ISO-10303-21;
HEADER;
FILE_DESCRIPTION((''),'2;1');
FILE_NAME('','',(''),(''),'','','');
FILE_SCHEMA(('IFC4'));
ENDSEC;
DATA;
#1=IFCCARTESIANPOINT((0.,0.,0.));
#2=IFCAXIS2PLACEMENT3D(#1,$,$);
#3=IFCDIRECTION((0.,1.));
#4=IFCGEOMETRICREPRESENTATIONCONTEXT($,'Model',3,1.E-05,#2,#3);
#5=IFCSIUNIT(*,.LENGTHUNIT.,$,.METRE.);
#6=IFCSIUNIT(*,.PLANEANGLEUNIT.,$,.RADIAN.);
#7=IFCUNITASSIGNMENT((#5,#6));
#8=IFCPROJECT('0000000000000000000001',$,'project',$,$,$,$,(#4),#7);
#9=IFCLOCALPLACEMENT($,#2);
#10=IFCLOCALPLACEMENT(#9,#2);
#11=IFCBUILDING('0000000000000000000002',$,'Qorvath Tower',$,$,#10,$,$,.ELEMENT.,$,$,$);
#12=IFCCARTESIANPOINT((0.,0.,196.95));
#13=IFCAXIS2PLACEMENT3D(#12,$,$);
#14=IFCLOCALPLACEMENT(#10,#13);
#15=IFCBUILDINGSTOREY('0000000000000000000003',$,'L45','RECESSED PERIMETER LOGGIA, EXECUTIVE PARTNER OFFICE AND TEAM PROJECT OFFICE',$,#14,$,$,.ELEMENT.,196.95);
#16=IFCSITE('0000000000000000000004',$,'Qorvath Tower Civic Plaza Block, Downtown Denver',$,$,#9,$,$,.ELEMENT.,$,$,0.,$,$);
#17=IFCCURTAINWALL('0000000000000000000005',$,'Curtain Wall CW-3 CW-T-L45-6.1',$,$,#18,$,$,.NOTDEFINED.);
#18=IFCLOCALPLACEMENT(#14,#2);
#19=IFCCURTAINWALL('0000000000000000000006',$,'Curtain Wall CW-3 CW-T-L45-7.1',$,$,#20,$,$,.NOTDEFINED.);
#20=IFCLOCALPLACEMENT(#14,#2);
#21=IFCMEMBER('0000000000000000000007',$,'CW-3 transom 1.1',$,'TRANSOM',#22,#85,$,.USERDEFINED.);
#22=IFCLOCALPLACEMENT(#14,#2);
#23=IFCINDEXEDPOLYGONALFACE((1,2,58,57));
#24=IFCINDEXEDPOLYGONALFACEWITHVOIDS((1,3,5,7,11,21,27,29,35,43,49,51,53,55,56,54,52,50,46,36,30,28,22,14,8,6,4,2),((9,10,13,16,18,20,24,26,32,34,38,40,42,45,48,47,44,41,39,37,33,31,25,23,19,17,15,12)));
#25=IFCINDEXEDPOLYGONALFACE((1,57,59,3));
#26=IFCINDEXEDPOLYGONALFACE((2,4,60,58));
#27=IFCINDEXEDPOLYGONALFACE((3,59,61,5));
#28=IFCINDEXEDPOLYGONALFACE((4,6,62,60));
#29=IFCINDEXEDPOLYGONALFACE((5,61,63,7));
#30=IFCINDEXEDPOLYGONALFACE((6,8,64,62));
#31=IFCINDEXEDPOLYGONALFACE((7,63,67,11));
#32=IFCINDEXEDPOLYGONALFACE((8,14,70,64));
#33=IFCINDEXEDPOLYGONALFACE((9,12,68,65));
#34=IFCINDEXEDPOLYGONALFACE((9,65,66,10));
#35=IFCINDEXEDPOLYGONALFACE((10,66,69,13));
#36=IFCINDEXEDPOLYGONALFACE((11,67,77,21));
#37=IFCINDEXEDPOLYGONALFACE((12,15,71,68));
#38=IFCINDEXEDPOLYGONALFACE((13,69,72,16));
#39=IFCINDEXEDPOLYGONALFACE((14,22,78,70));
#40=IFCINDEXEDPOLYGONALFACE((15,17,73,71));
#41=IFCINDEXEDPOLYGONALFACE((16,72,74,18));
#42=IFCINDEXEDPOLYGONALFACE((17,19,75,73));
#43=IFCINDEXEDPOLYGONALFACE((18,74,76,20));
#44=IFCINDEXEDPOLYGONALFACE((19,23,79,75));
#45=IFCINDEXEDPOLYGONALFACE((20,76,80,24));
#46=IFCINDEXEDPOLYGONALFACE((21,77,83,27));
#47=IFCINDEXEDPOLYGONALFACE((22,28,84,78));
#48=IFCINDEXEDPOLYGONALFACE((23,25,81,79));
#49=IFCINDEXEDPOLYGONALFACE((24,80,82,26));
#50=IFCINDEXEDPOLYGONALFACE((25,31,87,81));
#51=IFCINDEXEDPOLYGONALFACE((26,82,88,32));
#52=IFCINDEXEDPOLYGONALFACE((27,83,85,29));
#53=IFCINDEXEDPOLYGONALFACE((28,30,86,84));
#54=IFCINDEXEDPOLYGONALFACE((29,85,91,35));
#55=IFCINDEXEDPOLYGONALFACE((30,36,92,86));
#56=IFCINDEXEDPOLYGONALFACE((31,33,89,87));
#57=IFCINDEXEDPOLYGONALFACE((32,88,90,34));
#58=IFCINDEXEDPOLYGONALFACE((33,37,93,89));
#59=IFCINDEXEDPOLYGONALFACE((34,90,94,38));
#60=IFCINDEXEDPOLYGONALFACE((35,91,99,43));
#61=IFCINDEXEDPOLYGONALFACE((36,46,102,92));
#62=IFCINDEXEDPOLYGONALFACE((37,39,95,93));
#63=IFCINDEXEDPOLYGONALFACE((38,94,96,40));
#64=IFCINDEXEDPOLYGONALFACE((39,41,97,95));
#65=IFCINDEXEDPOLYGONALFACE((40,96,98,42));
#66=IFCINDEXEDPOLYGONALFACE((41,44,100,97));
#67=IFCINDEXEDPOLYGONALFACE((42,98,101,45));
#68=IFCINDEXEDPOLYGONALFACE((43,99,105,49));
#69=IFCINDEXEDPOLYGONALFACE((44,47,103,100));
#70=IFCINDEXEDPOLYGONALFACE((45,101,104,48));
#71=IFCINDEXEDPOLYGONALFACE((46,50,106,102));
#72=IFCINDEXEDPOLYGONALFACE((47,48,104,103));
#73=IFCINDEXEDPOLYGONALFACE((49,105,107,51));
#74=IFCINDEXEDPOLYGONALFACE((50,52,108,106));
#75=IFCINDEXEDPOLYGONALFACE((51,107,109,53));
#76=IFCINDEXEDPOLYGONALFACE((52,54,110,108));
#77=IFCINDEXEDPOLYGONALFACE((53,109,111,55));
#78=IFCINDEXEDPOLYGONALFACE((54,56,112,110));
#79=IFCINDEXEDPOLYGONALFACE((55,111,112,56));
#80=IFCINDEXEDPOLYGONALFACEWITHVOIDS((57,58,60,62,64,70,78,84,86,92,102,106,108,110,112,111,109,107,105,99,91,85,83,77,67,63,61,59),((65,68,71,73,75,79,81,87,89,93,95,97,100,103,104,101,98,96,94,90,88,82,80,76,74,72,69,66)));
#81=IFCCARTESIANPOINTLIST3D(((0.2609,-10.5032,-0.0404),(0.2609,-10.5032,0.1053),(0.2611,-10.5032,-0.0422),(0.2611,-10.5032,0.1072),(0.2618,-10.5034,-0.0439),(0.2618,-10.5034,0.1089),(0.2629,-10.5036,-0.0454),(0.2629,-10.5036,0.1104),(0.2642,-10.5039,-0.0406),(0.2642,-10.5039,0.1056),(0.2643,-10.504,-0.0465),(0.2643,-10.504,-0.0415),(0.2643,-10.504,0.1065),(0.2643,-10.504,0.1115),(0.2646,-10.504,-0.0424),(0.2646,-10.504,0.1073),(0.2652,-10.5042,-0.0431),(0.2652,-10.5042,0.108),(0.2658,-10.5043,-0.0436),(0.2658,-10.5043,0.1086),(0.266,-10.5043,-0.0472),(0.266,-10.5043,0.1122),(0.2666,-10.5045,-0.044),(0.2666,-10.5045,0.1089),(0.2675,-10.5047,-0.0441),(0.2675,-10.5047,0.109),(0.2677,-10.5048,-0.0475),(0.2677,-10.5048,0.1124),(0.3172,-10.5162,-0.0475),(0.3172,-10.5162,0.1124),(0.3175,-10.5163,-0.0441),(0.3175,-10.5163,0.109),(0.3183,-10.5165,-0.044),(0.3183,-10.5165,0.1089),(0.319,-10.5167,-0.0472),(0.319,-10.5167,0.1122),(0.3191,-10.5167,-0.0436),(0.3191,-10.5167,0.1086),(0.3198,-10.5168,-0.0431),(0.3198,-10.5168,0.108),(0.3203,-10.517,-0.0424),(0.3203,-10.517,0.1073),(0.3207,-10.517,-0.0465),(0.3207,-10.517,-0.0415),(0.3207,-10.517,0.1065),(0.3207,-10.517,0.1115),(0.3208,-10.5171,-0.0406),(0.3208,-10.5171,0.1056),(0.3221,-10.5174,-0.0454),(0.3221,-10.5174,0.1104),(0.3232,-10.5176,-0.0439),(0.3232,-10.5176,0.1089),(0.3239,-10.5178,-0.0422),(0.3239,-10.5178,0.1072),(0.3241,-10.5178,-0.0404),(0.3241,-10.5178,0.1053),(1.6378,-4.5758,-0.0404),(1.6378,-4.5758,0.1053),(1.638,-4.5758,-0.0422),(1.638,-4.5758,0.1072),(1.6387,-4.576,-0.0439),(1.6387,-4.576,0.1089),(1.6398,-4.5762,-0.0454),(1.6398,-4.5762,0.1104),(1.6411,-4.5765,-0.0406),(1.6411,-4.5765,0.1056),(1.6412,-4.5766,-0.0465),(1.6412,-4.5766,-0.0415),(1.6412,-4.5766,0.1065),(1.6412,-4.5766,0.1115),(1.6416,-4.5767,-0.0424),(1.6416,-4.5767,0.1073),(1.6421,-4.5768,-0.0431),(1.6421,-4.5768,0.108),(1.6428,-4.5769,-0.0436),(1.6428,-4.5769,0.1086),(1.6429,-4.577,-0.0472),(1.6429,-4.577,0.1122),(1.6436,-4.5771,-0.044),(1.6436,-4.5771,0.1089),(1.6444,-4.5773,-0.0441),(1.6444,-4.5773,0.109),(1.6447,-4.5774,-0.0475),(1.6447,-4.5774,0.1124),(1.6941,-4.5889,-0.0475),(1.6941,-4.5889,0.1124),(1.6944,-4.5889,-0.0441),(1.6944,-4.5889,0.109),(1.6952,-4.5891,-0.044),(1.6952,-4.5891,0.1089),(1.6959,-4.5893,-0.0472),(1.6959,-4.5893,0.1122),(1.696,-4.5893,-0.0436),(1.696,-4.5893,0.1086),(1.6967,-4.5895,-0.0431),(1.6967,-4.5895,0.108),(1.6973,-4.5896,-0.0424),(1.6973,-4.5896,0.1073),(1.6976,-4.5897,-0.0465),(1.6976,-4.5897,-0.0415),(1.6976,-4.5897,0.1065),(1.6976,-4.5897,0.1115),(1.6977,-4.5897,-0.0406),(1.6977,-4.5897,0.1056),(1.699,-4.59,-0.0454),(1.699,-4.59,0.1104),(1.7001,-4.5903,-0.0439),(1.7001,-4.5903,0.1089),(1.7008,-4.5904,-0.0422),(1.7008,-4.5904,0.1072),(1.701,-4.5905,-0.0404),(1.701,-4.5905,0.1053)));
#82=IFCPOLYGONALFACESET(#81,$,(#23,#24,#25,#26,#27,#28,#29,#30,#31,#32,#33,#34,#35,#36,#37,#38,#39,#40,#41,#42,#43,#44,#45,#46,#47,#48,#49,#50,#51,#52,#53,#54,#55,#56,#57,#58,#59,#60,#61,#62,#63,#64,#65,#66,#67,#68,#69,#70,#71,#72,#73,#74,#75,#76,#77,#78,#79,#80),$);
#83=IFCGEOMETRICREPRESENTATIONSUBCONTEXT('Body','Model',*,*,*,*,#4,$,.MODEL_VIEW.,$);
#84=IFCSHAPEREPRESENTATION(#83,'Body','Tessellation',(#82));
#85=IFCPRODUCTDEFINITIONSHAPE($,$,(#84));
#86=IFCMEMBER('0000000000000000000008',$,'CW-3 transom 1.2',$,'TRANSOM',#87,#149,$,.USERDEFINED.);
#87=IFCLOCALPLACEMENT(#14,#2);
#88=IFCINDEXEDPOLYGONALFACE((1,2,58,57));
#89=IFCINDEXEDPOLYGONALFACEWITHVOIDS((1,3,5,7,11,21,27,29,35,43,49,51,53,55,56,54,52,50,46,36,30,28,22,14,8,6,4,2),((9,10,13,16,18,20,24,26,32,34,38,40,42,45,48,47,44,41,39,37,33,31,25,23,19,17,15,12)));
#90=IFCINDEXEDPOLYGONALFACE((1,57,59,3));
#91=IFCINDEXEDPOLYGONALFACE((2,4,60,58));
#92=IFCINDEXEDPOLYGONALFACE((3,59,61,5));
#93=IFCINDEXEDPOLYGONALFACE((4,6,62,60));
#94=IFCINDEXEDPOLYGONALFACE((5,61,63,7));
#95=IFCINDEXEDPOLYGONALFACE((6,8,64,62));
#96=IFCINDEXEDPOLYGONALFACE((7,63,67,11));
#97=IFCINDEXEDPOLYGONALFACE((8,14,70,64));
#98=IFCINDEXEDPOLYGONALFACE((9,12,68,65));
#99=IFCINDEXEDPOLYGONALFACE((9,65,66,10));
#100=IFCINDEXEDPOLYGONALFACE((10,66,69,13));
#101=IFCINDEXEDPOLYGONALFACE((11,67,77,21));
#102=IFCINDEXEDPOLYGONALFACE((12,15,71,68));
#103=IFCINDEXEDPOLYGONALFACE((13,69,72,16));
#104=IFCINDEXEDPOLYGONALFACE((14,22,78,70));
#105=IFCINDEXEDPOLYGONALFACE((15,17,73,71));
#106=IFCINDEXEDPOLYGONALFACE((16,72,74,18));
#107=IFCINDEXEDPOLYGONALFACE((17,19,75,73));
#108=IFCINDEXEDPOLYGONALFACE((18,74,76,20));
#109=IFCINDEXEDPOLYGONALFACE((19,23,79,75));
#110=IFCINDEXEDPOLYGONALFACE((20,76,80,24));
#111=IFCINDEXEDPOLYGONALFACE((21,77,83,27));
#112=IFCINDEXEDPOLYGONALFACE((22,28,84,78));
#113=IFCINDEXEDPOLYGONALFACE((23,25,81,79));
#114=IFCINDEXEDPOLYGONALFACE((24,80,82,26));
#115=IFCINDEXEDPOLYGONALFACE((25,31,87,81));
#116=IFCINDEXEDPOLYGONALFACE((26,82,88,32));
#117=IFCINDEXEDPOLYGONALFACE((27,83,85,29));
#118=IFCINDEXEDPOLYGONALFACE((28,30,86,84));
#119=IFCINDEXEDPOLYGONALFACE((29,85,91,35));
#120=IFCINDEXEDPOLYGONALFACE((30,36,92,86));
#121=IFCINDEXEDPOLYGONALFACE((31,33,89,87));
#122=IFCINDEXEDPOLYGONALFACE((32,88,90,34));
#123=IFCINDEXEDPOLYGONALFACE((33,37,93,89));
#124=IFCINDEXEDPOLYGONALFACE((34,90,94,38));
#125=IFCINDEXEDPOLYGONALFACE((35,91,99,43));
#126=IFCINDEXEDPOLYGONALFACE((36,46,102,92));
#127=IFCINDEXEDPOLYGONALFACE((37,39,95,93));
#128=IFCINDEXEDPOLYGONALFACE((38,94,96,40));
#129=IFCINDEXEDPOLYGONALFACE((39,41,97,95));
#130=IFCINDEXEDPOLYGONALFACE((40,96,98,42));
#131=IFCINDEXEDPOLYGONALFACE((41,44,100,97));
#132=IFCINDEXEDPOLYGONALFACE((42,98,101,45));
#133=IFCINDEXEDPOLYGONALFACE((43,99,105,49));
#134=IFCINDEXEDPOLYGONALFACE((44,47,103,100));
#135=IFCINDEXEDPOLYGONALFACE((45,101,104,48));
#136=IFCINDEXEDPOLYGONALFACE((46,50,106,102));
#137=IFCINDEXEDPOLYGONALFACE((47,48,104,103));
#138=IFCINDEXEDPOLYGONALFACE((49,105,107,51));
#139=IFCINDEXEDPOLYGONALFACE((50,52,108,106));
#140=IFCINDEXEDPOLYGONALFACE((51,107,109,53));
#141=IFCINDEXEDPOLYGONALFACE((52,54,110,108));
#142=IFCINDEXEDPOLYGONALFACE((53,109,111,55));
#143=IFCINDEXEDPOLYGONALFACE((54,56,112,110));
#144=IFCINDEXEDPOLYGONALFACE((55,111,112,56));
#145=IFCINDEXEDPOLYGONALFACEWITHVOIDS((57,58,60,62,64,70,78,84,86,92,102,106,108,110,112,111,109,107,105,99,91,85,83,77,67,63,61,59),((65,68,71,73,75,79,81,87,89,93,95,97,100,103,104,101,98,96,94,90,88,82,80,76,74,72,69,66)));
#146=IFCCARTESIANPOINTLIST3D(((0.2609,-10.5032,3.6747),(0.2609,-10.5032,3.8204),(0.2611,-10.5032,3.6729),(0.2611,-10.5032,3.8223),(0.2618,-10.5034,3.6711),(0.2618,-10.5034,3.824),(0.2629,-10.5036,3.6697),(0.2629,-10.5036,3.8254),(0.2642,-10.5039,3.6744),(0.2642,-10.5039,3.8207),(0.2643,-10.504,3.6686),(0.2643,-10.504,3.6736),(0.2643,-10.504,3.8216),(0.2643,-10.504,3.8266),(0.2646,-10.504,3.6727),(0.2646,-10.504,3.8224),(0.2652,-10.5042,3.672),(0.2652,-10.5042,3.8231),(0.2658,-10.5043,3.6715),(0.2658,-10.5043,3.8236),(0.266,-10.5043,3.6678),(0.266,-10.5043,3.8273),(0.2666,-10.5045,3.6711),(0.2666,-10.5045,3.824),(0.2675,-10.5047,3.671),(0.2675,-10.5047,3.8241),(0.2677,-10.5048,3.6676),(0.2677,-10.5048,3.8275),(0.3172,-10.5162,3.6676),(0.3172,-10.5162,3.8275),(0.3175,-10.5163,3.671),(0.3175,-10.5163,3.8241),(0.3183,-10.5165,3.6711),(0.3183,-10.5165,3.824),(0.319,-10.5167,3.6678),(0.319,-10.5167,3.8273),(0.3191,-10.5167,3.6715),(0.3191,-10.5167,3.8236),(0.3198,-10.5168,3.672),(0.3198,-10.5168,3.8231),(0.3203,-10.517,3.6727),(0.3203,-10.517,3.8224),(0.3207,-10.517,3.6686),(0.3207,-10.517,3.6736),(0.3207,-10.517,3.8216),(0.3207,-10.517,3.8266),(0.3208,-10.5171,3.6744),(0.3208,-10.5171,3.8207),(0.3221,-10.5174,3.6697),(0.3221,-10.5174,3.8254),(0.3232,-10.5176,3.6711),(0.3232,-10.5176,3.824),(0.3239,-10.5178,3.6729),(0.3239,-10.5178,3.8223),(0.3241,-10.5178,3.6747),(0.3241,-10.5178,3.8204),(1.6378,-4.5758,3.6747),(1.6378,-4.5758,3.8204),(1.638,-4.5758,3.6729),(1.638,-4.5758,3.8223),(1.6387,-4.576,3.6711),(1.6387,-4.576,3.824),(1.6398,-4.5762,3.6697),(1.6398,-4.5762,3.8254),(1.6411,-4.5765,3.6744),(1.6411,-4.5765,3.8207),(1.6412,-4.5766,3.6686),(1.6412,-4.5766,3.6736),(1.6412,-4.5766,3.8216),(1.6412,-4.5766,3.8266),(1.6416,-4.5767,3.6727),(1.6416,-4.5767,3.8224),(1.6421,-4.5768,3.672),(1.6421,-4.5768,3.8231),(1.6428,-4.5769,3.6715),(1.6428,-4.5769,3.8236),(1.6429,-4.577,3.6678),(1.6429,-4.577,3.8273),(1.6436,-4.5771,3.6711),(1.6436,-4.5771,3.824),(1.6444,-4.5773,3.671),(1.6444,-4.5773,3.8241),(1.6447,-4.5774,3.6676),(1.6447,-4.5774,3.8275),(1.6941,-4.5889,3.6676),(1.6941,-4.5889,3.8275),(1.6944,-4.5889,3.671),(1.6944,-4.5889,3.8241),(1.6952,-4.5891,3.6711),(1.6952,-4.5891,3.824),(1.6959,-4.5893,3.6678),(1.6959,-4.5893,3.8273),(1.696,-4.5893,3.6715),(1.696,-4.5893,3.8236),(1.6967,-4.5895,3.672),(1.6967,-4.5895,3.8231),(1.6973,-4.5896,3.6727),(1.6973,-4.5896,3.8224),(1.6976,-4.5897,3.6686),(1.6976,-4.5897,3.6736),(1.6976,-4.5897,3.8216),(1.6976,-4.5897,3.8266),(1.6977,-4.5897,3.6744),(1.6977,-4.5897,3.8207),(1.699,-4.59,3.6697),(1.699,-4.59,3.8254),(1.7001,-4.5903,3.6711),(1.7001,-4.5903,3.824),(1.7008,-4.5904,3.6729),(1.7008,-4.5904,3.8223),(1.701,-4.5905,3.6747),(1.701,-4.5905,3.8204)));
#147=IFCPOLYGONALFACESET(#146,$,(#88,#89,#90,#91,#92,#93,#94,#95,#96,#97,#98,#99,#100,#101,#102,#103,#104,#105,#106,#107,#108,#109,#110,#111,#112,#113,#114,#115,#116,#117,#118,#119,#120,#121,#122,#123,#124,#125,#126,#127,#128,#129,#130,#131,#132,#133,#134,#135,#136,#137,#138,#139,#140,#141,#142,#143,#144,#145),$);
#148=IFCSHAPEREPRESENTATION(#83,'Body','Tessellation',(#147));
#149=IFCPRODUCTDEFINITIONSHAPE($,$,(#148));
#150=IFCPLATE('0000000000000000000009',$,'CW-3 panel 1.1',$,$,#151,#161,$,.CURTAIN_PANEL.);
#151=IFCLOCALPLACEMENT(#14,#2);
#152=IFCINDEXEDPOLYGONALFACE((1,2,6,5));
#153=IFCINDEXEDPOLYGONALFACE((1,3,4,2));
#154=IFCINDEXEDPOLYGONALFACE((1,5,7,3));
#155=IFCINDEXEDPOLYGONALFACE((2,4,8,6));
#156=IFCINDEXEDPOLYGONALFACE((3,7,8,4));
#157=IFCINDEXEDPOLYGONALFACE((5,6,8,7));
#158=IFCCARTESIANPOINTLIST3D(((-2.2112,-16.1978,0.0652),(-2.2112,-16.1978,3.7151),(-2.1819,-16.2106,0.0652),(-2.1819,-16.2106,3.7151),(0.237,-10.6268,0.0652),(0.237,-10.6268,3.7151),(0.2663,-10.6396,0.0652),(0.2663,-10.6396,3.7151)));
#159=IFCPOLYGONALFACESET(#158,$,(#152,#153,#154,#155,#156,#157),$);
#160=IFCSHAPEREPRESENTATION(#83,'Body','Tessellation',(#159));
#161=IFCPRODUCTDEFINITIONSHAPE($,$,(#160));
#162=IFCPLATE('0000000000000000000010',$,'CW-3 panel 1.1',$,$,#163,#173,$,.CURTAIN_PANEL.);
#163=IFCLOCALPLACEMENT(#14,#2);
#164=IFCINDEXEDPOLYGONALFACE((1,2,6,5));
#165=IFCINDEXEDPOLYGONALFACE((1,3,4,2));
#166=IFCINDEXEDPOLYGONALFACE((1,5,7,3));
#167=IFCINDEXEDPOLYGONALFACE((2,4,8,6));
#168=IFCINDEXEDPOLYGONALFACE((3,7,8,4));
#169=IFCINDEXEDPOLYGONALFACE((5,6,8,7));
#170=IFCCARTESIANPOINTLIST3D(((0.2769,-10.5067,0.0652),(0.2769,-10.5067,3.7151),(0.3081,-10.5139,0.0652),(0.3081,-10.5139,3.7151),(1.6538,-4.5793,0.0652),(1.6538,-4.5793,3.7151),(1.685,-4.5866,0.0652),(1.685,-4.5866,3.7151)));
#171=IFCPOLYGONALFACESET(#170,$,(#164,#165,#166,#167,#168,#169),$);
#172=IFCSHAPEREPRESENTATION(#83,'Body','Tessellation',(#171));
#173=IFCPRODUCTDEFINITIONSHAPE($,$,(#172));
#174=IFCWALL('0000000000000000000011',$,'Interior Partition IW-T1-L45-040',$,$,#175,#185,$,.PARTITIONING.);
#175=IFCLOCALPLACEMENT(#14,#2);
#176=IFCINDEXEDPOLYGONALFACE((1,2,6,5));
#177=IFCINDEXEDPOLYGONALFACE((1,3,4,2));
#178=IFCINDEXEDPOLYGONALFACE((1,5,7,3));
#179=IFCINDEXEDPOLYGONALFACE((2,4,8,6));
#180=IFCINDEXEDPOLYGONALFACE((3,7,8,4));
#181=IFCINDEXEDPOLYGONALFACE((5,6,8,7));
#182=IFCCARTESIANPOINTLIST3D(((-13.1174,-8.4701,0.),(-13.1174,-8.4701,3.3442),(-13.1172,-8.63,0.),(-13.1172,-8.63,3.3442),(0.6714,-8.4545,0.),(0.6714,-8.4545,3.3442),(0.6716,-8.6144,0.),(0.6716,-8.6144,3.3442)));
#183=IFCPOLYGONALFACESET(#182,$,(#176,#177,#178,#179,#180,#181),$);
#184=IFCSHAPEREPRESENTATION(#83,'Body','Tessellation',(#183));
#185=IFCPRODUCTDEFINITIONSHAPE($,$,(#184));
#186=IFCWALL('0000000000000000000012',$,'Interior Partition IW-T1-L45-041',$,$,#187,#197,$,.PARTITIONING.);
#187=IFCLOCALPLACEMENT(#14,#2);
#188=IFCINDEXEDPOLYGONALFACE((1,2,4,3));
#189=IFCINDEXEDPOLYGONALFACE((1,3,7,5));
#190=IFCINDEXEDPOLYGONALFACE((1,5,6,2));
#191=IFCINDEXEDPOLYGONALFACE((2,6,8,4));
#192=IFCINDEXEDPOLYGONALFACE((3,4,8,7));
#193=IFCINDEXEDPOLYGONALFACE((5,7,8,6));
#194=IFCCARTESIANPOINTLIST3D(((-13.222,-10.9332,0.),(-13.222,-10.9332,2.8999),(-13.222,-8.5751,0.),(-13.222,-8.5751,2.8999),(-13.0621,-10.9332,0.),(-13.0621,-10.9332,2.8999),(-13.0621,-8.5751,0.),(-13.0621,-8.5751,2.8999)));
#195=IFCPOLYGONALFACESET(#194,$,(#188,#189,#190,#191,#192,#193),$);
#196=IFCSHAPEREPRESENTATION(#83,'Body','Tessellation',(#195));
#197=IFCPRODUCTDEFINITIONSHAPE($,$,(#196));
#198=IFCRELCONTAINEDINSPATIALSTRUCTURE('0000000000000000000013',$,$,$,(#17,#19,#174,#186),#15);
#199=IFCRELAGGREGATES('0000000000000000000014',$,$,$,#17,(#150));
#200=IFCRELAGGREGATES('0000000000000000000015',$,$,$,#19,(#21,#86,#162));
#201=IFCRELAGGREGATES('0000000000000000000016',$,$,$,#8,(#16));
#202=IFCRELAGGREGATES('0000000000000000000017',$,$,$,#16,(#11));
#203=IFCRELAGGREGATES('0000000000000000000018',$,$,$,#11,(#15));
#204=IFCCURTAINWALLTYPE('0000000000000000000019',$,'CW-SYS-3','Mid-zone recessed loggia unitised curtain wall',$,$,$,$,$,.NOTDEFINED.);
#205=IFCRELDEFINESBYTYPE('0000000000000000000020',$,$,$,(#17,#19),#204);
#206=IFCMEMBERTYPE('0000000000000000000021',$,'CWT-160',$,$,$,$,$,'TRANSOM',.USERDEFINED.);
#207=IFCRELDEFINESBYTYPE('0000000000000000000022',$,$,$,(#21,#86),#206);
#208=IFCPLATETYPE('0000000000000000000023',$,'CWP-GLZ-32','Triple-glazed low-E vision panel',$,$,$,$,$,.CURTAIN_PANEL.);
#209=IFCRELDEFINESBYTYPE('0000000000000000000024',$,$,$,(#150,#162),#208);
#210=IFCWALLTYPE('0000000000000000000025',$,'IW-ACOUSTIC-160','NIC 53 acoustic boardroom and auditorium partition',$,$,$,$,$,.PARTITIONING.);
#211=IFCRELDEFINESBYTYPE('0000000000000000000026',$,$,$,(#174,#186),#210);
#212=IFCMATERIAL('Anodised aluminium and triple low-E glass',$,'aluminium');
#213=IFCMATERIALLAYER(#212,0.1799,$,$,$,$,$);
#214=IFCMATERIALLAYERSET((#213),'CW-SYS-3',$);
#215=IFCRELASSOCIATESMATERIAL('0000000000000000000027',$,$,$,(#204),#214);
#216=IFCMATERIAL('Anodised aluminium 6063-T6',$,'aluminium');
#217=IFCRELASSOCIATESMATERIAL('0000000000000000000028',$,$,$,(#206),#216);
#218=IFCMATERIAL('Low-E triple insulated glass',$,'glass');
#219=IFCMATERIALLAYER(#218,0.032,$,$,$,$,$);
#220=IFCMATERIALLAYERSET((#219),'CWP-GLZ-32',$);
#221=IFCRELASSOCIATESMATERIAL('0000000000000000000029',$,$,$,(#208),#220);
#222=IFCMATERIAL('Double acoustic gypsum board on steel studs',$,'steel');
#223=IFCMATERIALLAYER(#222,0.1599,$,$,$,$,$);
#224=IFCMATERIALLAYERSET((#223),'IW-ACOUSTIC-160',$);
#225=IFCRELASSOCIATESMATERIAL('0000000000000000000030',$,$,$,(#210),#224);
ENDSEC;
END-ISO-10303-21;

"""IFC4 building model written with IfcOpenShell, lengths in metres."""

from ifc_helpers import new_model, si_unit, direction, frame, frame_2d, origin, origin_2d, place, context, subcontext, project, spatial, rectangle, hollow_rectangle, extrude, material, layer, layer_set, material_profile, profile_set, type_object, element, aggregate, save


model = new_model("IFC4")

# Units and contexts
model_context = context("Model", 3, precision=1e-05, world=origin(), true_north=direction((0.0, 1.0)))
body_context = subcontext(model_context, "Body", "Model", "MODEL_VIEW")
ifc_project = project(units=[si_unit("LENGTHUNIT", "METRE"), si_unit("PLANEANGLEUNIT", "RADIAN")], contexts=[model_context])

# Site, building, storey
site_placement = place(None, origin())
site = spatial("IfcSite", under=ifc_project, at=site_placement, Name="Qorvath Tower Civic Plaza Block, Downtown Denver", CompositionType="ELEMENT", RefElevation=0.0)
building_placement = place(site_placement, origin())
building = spatial("IfcBuilding", under=site, at=building_placement, Name="Qorvath Tower", CompositionType="ELEMENT")
storey_placement = place(building_placement, frame((0.0, 0.0, 196.95)))
storey = spatial("IfcBuildingStorey", under=building, at=storey_placement, Name="L45", Description="RECESSED PERIMETER LOGGIA, EXECUTIVE PARTNER OFFICE AND TEAM PROJECT OFFICE", CompositionType="ELEMENT", Elevation=196.95)

# Shared definitions
ifc_material_1 = material(Name="Anodised aluminium and triple low-E glass", Category="aluminium")
ifc_layer_1 = layer(ifc_material_1, 0.1799)
ifc_layer_set_1 = layer_set([ifc_layer_1], Name="CW-SYS-3")
curtain_wall_type = type_object("IfcCurtainWallType", Name="CW-SYS-3", Description="Mid-zone recessed loggia unitised curtain wall", PredefinedType="NOTDEFINED", material=ifc_layer_set_1)

# Curtain wall
curtain_wall_1_placement = place(storey_placement, origin())
curtain_wall_1 = element("IfcCurtainWall", 1, at=curtain_wall_1_placement, inside=storey, type_object=curtain_wall_type, Name="Curtain Wall CW-3 CW-T-L45-6.1", PredefinedType="NOTDEFINED")

# Curtain wall
curtain_wall_2_placement = place(storey_placement, origin())
curtain_wall_2 = element("IfcCurtainWall", 2, at=curtain_wall_2_placement, inside=storey, type_object=curtain_wall_type, Name="Curtain Wall CW-3 CW-T-L45-7.1", PredefinedType="NOTDEFINED")

# Members
ifc_material_2 = material(Name="Anodised aluminium 6063-T6", Category="aluminium")
ifc_material_profile_1 = material_profile(ifc_material_2, hollow_rectangle(XDim=0.0649, YDim=0.1599, WallThickness=0.0034, InnerFilletRadius=0.0034, OuterFilletRadius=0.0071, at=origin_2d()), Name="CWT 160x65")
ifc_profile_set_1 = profile_set([ifc_material_profile_1], Name="Anodised aluminium 6063-T6")
member_type_1 = type_object("IfcMemberType", Name="CWT-160", ElementType="TRANSOM", PredefinedType="USERDEFINED", material=ifc_profile_set_1)
member_1_placement = place(storey_placement, frame((0.2925, -10.5105, 0.0325), z_axis=(0.226274, 0.974064, 0.0), x_axis=(-0.974064, 0.226274, 0.0)))
member_1 = element("IfcMember", 3, at=member_1_placement, type_object=member_type_1, Name="CW-3 transom 1.1", ObjectType="TRANSOM", PredefinedType="USERDEFINED", context=body_context, shape_type="SweptSolid", body=[
    extrude(hollow_rectangle(XDim=0.0649, YDim=0.1599, WallThickness=0.0034, InnerFilletRadius=0.0034, OuterFilletRadius=0.0071, at=origin_2d()), origin(), (0.0, 0.0, 1.0), 6.0852),
])
member_2_placement = place(storey_placement, frame((0.2925, -10.5105, 3.7476), z_axis=(0.226274, 0.974064, 0.0), x_axis=(-0.974064, 0.226274, 0.0)))
member_2 = element("IfcMember", 4, at=member_2_placement, type_object=member_type_1, Name="CW-3 transom 1.2", ObjectType="TRANSOM", PredefinedType="USERDEFINED", context=body_context, shape_type="SweptSolid", body=[
    extrude(hollow_rectangle(XDim=0.0649, YDim=0.1599, WallThickness=0.0034, InnerFilletRadius=0.0034, OuterFilletRadius=0.0071, at=origin_2d()), origin(), (0.0, 0.0, 1.0), 6.0852),
])

# Plates
ifc_material_3 = material(Name="Low-E triple insulated glass", Category="glass")
ifc_layer_2 = layer(ifc_material_3, 0.032)
ifc_layer_set_2 = layer_set([ifc_layer_2], Name="CWP-GLZ-32")
plate_type = type_object("IfcPlateType", Name="CWP-GLZ-32", Description="Triple-glazed low-E vision panel", PredefinedType="CURTAIN_PANEL", material=ifc_layer_set_2)
plate_1_placement = place(storey_placement, frame((-0.9724, -13.4187, 0.0652), z_axis=(0.0, 0.0, 1.0), x_axis=(0.402321, 0.915499, 0.0)))
plate_1 = element("IfcPlate", 5, at=plate_1_placement, type_object=plate_type, Name="CW-3 panel 1.1", PredefinedType="CURTAIN_PANEL", context=body_context, shape_type="SweptSolid", body=[
    extrude(rectangle(XDim=6.0852, YDim=0.032, at=origin_2d()), origin(), (0.0, 0.0, 1.0), 3.6499),
])
aggregate(curtain_wall_1, [plate_1])
plate_2_placement = place(storey_placement, frame((0.981, -7.5466, 0.0652), z_axis=(0.0, 0.0, 1.0), x_axis=(0.226272, 0.974064, 0.0)))
plate_2 = element("IfcPlate", 6, at=plate_2_placement, type_object=plate_type, Name="CW-3 panel 1.1", PredefinedType="CURTAIN_PANEL", context=body_context, shape_type="SweptSolid", body=[
    extrude(rectangle(XDim=6.0852, YDim=0.032, at=origin_2d()), origin(), (0.0, 0.0, 1.0), 3.6499),
])
aggregate(curtain_wall_2, [member_1, member_2, plate_2])

# Walls
ifc_material_4 = material(Name="Double acoustic gypsum board on steel studs", Category="steel")
ifc_layer_3 = layer(ifc_material_4, 0.1599)
ifc_layer_set_3 = layer_set([ifc_layer_3], Name="IW-ACOUSTIC-160")
wall_type_1 = type_object("IfcWallType", Name="IW-ACOUSTIC-160", Description="NIC 53 acoustic boardroom and auditorium partition", PredefinedType="PARTITIONING", material=ifc_layer_set_3)
wall_1_placement = place(storey_placement, frame((0.6716, -8.5344, 0.0), z_axis=(0.0, 0.0, 1.0), x_axis=(-0.999999, -0.001133, 0.0)))
element("IfcWall", 7, at=wall_1_placement, inside=storey, type_object=wall_type_1, Name="Interior Partition IW-T1-L45-040", PredefinedType="PARTITIONING", context=body_context, shape_type="SweptSolid", body=[
    extrude(rectangle(XDim=13.7888, YDim=0.1599, at=frame_2d((6.8945, 0.0))), origin(), (0.0, 0.0, 1.0), 3.3442),
])
wall_2_placement = place(storey_placement, frame((-13.1421, -8.575, 0.0), z_axis=(0.0, 0.0, 1.0), x_axis=(0.0, -1.0, 0.0)))
element("IfcWall", 8, at=wall_2_placement, inside=storey, type_object=wall_type_1, Name="Interior Partition IW-T1-L45-041", PredefinedType="PARTITIONING", context=body_context, shape_type="SweptSolid", body=[
    extrude(rectangle(XDim=2.3582, YDim=0.1599, at=frame_2d((1.1792, 0.0))), origin(), (0.0, 0.0, 1.0), 2.8999),
])

save(model, "model.ifc")
